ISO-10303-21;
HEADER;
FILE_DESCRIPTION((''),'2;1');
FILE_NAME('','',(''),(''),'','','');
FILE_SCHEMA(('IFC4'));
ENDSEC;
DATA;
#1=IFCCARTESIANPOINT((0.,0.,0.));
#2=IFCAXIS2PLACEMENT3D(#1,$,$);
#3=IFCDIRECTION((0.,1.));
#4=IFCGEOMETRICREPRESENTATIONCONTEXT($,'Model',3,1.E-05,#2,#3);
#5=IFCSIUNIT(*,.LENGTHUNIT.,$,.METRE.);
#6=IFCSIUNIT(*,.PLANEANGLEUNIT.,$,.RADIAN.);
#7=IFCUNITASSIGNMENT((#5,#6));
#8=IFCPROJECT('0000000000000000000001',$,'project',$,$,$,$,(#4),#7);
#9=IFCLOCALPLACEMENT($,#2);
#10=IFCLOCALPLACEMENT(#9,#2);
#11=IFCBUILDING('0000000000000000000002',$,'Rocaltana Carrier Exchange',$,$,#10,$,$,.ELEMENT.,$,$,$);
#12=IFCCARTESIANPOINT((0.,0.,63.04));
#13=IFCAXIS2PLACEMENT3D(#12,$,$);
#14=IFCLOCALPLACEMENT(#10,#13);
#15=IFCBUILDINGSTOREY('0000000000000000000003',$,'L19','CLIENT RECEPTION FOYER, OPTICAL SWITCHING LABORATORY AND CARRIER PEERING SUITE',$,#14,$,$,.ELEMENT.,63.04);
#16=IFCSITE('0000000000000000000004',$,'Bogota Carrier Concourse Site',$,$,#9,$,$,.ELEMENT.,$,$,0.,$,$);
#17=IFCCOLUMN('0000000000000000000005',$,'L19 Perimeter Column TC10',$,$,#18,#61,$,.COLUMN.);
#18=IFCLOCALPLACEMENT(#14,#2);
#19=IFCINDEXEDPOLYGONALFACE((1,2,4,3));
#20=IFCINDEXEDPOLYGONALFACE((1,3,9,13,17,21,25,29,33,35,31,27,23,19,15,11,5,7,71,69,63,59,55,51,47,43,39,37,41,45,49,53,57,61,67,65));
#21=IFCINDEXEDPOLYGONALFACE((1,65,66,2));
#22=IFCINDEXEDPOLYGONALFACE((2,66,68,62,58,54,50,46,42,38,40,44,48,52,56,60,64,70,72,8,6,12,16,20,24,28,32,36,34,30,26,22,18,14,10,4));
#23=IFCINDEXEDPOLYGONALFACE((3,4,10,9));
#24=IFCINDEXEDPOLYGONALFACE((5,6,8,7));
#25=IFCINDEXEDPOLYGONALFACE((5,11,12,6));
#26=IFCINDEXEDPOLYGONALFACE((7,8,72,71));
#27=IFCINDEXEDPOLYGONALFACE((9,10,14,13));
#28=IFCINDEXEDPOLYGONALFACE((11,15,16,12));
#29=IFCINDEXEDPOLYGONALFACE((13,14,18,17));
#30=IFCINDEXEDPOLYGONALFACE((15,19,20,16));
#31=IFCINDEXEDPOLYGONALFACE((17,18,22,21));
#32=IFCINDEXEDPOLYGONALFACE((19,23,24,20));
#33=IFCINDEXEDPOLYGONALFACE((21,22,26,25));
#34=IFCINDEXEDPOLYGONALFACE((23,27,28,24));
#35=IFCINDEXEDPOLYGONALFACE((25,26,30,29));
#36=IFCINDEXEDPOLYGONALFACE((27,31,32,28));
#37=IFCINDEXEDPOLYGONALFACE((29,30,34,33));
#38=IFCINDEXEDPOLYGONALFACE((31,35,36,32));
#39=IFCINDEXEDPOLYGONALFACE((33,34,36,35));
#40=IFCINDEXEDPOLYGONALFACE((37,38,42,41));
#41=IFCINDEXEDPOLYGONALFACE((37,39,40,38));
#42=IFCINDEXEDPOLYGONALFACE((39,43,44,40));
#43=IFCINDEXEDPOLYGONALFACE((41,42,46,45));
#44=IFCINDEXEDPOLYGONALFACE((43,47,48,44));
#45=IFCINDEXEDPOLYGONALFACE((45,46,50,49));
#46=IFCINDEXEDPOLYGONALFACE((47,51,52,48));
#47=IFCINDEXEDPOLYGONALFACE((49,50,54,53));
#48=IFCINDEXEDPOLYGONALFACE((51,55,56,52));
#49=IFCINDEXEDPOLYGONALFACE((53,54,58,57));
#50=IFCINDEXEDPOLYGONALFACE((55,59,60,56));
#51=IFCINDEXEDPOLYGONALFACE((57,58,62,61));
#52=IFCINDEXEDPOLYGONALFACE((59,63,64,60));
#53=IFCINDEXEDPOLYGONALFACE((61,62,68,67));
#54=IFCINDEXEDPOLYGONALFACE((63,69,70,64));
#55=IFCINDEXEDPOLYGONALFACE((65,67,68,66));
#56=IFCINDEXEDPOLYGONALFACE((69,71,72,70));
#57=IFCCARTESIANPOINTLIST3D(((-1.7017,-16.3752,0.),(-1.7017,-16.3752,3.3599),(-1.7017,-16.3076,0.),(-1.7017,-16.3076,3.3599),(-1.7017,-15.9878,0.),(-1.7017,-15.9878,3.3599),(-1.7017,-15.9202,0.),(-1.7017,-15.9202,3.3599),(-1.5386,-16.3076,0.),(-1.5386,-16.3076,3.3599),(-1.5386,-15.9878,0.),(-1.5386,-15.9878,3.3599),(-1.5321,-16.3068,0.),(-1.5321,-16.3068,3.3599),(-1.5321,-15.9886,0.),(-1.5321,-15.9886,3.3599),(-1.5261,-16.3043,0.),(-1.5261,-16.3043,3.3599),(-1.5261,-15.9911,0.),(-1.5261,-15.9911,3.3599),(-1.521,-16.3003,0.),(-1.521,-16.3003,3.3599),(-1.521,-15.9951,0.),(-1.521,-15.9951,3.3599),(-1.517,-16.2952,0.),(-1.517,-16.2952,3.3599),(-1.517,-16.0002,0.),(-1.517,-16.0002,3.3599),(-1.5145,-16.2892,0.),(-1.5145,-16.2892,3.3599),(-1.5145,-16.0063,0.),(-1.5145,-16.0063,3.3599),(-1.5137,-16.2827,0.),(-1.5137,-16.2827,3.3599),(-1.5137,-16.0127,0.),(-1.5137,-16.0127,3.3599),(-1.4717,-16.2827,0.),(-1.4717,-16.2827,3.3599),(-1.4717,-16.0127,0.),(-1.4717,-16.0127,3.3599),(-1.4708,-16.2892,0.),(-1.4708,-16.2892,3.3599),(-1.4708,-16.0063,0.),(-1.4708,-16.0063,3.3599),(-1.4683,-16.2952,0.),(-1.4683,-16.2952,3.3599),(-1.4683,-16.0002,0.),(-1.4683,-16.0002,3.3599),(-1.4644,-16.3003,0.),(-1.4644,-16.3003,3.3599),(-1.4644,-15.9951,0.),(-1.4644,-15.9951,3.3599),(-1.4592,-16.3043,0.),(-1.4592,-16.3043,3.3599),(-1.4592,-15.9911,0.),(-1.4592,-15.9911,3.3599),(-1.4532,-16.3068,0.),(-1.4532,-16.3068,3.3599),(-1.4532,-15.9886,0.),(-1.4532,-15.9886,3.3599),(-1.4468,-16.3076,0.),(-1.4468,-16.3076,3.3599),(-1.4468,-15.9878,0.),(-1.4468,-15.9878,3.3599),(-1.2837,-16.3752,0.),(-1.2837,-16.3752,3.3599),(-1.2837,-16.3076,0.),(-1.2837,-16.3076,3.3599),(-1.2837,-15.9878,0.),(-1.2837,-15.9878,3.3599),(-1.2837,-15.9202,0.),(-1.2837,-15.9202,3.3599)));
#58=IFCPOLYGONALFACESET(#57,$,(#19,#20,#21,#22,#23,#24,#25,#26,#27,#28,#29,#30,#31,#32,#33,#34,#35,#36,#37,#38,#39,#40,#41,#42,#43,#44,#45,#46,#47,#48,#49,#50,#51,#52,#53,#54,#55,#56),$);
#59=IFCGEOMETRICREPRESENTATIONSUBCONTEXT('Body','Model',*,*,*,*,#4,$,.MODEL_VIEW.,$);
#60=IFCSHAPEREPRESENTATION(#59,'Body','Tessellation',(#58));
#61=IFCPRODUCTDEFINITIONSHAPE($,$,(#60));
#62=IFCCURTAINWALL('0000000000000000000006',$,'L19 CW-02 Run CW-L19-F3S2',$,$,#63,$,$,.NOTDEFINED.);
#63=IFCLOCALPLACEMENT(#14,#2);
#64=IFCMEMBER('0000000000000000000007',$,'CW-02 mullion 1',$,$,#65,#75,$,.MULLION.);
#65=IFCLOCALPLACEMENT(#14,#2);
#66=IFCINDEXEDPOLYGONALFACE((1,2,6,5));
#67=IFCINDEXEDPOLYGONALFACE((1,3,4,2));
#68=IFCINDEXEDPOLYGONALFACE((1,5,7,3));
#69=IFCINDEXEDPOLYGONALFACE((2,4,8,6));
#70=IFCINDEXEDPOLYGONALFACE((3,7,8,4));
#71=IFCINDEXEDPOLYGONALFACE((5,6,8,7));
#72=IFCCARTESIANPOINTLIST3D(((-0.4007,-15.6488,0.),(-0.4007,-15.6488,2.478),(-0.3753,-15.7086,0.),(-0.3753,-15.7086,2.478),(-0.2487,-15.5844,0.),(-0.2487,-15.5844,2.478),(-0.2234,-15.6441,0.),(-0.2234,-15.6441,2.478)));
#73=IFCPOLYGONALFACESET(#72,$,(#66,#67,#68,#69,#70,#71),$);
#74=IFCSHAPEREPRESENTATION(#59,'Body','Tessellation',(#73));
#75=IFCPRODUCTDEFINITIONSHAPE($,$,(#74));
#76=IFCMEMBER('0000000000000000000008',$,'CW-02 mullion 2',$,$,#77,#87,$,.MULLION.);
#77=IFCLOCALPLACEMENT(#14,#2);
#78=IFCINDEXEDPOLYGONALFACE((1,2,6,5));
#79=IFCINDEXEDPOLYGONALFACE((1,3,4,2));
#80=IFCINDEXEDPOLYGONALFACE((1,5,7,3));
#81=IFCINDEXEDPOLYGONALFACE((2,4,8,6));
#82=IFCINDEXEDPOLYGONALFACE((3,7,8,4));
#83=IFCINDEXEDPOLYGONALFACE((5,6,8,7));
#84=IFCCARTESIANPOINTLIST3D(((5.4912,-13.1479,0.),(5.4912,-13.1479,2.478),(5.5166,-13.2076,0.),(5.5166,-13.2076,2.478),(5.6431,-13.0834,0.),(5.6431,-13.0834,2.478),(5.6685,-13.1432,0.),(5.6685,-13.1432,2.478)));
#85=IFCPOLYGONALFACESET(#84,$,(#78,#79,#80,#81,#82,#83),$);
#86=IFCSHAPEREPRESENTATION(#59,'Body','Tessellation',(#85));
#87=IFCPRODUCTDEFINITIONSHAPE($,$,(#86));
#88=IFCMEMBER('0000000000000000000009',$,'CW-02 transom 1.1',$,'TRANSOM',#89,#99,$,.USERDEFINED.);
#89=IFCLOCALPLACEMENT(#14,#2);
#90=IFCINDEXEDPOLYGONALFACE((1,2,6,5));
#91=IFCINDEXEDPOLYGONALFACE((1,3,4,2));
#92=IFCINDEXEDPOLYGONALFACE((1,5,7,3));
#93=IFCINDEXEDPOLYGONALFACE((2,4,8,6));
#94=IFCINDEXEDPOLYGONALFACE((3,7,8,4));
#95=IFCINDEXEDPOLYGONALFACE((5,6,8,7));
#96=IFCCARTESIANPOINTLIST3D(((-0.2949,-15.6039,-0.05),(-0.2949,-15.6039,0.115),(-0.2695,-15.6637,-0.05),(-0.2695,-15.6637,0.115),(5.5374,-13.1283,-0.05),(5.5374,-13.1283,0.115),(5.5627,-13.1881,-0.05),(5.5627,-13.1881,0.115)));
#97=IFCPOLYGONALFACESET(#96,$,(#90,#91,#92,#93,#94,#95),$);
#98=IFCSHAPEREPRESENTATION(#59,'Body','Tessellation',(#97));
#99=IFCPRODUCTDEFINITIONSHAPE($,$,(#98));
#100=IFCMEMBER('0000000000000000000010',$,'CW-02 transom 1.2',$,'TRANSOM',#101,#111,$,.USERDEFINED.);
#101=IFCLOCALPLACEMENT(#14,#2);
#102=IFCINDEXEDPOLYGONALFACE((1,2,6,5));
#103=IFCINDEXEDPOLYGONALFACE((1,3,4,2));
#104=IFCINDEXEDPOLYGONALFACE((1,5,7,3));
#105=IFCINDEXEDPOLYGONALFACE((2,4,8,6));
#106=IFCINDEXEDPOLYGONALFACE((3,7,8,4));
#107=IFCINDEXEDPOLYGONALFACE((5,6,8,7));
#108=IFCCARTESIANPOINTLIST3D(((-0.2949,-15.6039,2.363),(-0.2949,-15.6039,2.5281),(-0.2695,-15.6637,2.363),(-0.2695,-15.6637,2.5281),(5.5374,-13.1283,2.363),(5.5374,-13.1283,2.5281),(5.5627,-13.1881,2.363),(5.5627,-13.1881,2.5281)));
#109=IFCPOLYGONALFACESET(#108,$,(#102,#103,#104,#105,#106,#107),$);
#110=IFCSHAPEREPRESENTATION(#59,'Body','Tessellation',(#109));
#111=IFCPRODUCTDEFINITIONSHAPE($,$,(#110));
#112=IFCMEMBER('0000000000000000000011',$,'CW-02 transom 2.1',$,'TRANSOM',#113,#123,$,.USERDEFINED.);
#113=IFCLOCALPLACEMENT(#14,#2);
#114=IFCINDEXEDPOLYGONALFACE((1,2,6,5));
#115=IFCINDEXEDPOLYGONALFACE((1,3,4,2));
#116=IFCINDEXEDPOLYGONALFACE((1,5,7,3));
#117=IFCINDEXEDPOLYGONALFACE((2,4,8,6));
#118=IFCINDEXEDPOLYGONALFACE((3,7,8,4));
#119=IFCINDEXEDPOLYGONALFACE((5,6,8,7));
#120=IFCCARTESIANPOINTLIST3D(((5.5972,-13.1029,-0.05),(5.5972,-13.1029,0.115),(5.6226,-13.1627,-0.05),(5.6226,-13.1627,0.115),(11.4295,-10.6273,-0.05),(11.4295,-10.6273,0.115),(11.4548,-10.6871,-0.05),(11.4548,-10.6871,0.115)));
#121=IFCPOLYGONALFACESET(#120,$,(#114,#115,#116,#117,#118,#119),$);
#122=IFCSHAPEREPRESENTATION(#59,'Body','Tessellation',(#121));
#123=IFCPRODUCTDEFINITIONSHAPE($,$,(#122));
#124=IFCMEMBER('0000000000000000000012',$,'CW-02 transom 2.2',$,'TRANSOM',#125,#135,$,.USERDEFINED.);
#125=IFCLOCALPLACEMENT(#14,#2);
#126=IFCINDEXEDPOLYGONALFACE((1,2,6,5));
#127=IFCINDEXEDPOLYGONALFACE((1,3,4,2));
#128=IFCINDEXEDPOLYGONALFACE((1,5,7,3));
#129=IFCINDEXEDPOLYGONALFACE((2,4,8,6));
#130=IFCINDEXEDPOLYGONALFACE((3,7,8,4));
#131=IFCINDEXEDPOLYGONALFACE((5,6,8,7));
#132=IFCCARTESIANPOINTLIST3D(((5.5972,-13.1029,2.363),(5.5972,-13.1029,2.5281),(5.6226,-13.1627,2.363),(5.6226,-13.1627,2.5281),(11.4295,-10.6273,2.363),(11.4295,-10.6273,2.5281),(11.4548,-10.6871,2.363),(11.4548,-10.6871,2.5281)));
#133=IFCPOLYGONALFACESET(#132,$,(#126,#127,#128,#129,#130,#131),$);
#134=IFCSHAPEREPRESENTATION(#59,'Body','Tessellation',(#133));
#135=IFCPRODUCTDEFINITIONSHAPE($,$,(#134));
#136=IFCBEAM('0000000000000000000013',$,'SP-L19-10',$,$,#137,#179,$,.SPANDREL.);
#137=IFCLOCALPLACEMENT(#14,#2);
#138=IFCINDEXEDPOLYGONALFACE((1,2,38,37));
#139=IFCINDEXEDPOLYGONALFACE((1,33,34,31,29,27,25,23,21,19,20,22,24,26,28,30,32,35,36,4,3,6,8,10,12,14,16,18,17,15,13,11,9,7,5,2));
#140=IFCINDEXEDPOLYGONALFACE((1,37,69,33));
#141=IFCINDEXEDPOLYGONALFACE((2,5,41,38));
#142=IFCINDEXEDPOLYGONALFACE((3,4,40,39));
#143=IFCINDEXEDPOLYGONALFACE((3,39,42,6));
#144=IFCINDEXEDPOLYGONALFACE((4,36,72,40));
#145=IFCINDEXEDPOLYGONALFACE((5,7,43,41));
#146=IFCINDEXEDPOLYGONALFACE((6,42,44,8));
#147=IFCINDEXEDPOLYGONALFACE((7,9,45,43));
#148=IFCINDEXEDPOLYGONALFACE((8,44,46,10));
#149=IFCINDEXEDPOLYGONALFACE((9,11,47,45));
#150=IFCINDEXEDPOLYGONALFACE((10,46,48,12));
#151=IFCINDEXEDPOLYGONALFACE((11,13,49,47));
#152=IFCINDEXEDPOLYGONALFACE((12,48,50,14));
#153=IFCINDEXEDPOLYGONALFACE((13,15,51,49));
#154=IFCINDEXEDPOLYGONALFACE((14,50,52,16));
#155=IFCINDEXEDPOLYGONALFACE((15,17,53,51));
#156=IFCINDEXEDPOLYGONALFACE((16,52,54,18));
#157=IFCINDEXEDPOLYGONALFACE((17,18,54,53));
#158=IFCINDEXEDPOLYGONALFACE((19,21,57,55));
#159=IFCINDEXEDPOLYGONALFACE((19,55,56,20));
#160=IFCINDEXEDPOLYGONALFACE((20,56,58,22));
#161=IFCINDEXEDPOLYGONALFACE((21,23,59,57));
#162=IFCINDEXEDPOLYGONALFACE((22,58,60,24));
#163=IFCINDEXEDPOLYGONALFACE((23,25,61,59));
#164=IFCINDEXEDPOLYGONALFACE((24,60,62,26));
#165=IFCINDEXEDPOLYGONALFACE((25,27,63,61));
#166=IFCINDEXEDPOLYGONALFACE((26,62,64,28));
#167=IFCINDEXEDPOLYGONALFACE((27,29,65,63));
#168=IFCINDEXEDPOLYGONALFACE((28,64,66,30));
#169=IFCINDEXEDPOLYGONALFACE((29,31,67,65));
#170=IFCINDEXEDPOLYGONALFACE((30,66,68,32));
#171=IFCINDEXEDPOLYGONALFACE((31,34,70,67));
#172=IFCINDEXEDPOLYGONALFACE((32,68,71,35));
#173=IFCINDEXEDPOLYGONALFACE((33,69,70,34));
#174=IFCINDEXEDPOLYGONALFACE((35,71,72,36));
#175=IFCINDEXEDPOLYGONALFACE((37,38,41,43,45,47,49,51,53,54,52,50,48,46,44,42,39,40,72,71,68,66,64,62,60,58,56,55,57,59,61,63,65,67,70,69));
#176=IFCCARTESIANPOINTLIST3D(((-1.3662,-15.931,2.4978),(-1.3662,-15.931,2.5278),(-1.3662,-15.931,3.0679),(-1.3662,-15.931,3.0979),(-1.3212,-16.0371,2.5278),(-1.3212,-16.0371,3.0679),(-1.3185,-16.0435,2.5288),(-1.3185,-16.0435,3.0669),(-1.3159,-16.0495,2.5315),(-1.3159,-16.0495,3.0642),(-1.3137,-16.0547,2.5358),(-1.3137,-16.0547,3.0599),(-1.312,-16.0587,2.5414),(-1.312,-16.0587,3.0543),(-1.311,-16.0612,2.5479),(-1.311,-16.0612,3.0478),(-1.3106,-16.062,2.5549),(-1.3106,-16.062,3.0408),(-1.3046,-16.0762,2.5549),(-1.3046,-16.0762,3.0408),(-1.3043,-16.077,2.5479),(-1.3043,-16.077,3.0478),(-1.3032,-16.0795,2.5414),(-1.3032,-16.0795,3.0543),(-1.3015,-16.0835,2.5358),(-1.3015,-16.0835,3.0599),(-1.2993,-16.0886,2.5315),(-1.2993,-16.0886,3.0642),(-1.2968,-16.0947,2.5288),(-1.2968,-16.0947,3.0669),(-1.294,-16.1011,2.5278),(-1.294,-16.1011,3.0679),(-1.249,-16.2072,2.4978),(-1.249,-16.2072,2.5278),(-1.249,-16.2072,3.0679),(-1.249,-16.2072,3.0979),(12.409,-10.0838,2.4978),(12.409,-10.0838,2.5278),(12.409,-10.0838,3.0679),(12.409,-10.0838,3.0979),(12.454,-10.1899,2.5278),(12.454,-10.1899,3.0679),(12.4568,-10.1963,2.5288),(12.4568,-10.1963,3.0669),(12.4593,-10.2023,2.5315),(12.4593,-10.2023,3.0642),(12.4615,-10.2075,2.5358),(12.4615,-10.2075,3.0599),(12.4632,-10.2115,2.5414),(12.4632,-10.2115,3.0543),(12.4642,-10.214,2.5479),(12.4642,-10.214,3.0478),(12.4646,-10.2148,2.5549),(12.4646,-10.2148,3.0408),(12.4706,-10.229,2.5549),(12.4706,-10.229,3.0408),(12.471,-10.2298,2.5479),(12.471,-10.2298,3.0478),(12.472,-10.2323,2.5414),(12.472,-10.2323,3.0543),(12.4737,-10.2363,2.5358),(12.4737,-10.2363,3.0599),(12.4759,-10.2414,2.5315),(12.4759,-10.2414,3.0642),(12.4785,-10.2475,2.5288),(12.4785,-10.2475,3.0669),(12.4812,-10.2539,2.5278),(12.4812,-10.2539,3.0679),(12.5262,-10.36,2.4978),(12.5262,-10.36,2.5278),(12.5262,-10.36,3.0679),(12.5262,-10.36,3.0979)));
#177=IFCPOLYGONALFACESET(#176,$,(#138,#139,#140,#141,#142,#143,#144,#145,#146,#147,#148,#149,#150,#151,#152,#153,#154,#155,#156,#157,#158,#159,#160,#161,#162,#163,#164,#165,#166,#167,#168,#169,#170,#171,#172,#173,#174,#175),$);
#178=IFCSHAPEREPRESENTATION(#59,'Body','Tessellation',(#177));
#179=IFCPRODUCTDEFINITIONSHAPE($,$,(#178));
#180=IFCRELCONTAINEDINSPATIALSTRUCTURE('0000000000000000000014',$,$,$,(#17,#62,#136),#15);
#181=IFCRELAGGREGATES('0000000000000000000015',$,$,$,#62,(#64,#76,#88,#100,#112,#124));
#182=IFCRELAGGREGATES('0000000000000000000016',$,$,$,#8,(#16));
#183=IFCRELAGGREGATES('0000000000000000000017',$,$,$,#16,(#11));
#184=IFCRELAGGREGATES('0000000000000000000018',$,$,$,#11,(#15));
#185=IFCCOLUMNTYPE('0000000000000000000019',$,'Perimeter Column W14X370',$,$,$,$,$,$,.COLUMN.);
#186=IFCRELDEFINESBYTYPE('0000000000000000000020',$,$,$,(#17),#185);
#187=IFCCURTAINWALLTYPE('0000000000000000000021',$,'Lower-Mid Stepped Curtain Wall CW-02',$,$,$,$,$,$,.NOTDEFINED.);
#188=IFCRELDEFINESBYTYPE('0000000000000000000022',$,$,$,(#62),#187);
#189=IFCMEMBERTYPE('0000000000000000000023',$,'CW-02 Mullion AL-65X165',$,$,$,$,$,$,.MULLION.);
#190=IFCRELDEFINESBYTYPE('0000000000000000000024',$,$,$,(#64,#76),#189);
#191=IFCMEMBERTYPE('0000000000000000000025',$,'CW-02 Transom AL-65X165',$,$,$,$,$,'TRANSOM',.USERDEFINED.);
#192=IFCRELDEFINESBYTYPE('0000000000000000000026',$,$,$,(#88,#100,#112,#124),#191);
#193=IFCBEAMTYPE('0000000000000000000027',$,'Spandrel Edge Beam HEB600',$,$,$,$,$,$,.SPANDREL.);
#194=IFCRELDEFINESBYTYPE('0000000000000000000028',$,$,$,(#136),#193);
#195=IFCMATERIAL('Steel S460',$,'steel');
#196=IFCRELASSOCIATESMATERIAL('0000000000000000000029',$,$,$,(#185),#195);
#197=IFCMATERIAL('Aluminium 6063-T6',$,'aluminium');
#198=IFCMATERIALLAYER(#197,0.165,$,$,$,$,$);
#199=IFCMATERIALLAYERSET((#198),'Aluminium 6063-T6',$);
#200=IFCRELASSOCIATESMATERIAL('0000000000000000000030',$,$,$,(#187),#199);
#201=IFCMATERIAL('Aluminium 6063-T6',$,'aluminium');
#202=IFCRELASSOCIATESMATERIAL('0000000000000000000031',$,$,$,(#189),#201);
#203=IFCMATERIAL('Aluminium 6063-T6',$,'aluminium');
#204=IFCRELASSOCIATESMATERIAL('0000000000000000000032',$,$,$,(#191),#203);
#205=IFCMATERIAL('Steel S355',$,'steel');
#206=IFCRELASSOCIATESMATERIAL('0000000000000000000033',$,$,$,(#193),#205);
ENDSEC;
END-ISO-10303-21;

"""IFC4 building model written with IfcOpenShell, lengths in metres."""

from ifc_helpers import new_model, si_unit, direction, frame, origin, origin_2d, place, context, subcontext, project, spatial, rectangle, i_section, extrude, material, layer, layer_set, material_profile, profile_set, type_object, element, aggregate, save


model = new_model("IFC4")

# Units and contexts
model_context = context("Model", 3, precision=1e-05, world=origin(), true_north=direction((0.0, 1.0)))
body_context = subcontext(model_context, "Body", "Model", "MODEL_VIEW")
ifc_project = project(units=[si_unit("LENGTHUNIT", "METRE"), si_unit("PLANEANGLEUNIT", "RADIAN")], contexts=[model_context])

# Site, building, storey
site_placement = place(None, origin())
site = spatial("IfcSite", under=ifc_project, at=site_placement, Name="Bogota Carrier Concourse Site", CompositionType="ELEMENT", RefElevation=0.0)
building_placement = place(site_placement, origin())
building = spatial("IfcBuilding", under=site, at=building_placement, Name="Rocaltana Carrier Exchange", CompositionType="ELEMENT")
storey_placement = place(building_placement, frame((0.0, 0.0, 63.04)))
storey = spatial("IfcBuildingStorey", under=building, at=storey_placement, Name="L19", Description="CLIENT RECEPTION FOYER, OPTICAL SWITCHING LABORATORY AND CARRIER PEERING SUITE", CompositionType="ELEMENT", Elevation=63.04)

# Column
ifc_material_1 = material(Name="Steel S460", Category="steel")
ifc_material_profile_1 = material_profile(ifc_material_1, i_section(OverallWidth=0.418, OverallDepth=0.4551, WebThickness=0.042, FlangeThickness=0.0676, FilletRadius=0.0249, at=origin_2d()), Name="W14X370")
ifc_profile_set_1 = profile_set([ifc_material_profile_1], Name="Steel S460")
column_type = type_object("IfcColumnType", Name="Perimeter Column W14X370", PredefinedType="COLUMN", material=ifc_profile_set_1)
column_placement = place(storey_placement, frame((-1.4927, -16.1477, 0.0), z_axis=(0.0, 0.0, 1.0), x_axis=(1.0, 0.0, 0.0)))
element("IfcColumn", 1, at=column_placement, inside=storey, type_object=column_type, Name="L19 Perimeter Column TC10", PredefinedType="COLUMN", context=body_context, shape_type="SweptSolid", body=[
    extrude(i_section(OverallWidth=0.418, OverallDepth=0.4551, WebThickness=0.042, FlangeThickness=0.0676, FilletRadius=0.0249, at=origin_2d()), origin(), (0.0, 0.0, 1.0), 3.3599),
])

# Curtain wall, members
ifc_material_2 = material(Name="Aluminium 6063-T6", Category="aluminium")
ifc_layer_1 = layer(ifc_material_2, 0.165)
ifc_layer_set_1 = layer_set([ifc_layer_1], Name="Aluminium 6063-T6")
curtain_wall_type = type_object("IfcCurtainWallType", Name="Lower-Mid Stepped Curtain Wall CW-02", PredefinedType="NOTDEFINED", material=ifc_layer_set_1)
curtain_wall_placement = place(storey_placement, origin())
curtain_wall = element("IfcCurtainWall", 2, at=curtain_wall_placement, inside=storey, type_object=curtain_wall_type, Name="L19 CW-02 Run CW-L19-F3S2", PredefinedType="NOTDEFINED")
ifc_material_3 = material(Name="Aluminium 6063-T6", Category="aluminium")
ifc_material_profile_2 = material_profile(ifc_material_3, rectangle(XDim=0.0649, YDim=0.165, at=origin_2d()), Name="AL-65X165")
ifc_profile_set_2 = profile_set([ifc_material_profile_2], Name="Aluminium 6063-T6")
member_type_1 = type_object("IfcMemberType", Name="CW-02 Mullion AL-65X165", PredefinedType="MULLION", material=ifc_profile_set_2)
member_1_placement = place(storey_placement, frame((-0.312, -15.6465, 0.0), z_axis=(0.0, 0.0, 1.0), x_axis=(-0.390729, 0.920506, 0.0)))
member_1 = element("IfcMember", 3, at=member_1_placement, type_object=member_type_1, Name="CW-02 mullion 1", PredefinedType="MULLION", context=body_context, shape_type="SweptSolid", body=[
    extrude(rectangle(XDim=0.0649, YDim=0.165, at=origin_2d()), origin(), (0.0, 0.0, 1.0), 2.478),
])
member_2_placement = place(storey_placement, frame((5.5798, -13.1455, 0.0), z_axis=(0.0, 0.0, 1.0), x_axis=(-0.390729, 0.920506, 0.0)))
member_2 = element("IfcMember", 4, at=member_2_placement, type_object=member_type_1, Name="CW-02 mullion 2", PredefinedType="MULLION", context=body_context, shape_type="SweptSolid", body=[
    extrude(rectangle(XDim=0.0649, YDim=0.165, at=origin_2d()), origin(), (0.0, 0.0, 1.0), 2.478),
])
ifc_material_4 = material(Name="Aluminium 6063-T6", Category="aluminium")
ifc_material_profile_3 = material_profile(ifc_material_4, rectangle(XDim=0.0649, YDim=0.165, at=origin_2d()), Name="AL-65X165")
ifc_profile_set_3 = profile_set([ifc_material_profile_3], Name="Aluminium 6063-T6")
member_type_2 = type_object("IfcMemberType", Name="CW-02 Transom AL-65X165", ElementType="TRANSOM", PredefinedType="USERDEFINED", material=ifc_profile_set_3)
member_3_placement = place(storey_placement, frame((-0.2822, -15.6338, 0.0325), z_axis=(0.920509, 0.390722, 0.0), x_axis=(-0.390722, 0.920509, 0.0)))
member_3 = element("IfcMember", 5, at=member_3_placement, type_object=member_type_2, Name="CW-02 transom 1.1", ObjectType="TRANSOM", PredefinedType="USERDEFINED", context=body_context, shape_type="SweptSolid", body=[
    extrude(rectangle(XDim=0.0649, YDim=0.165, at=origin_2d()), origin(), (0.0, 0.0, 1.0), 6.3359),
])
member_4_placement = place(storey_placement, frame((-0.2822, -15.6338, 2.4456), z_axis=(0.920509, 0.390722, 0.0), x_axis=(-0.390722, 0.920509, 0.0)))
member_4 = element("IfcMember", 6, at=member_4_placement, type_object=member_type_2, Name="CW-02 transom 1.2", ObjectType="TRANSOM", PredefinedType="USERDEFINED", context=body_context, shape_type="SweptSolid", body=[
    extrude(rectangle(XDim=0.0649, YDim=0.165, at=origin_2d()), origin(), (0.0, 0.0, 1.0), 6.3359),
])
member_5_placement = place(storey_placement, frame((5.6099, -13.1328, 0.0325), z_axis=(0.920509, 0.390722, 0.0), x_axis=(-0.390722, 0.920509, 0.0)))
member_5 = element("IfcMember", 7, at=member_5_placement, type_object=member_type_2, Name="CW-02 transom 2.1", ObjectType="TRANSOM", PredefinedType="USERDEFINED", context=body_context, shape_type="SweptSolid", body=[
    extrude(rectangle(XDim=0.0649, YDim=0.165, at=origin_2d()), origin(), (0.0, 0.0, 1.0), 6.3359),
])
member_6_placement = place(storey_placement, frame((5.6099, -13.1328, 2.4456), z_axis=(0.920509, 0.390722, 0.0), x_axis=(-0.390722, 0.920509, 0.0)))
member_6 = element("IfcMember", 8, at=member_6_placement, type_object=member_type_2, Name="CW-02 transom 2.2", ObjectType="TRANSOM", PredefinedType="USERDEFINED", context=body_context, shape_type="SweptSolid", body=[
    extrude(rectangle(XDim=0.0649, YDim=0.165, at=origin_2d()), origin(), (0.0, 0.0, 1.0), 6.3359),
])

# Beam
ifc_material_5 = material(Name="Steel S355", Category="steel")
ifc_material_profile_4 = material_profile(ifc_material_5, i_section(OverallWidth=0.3, OverallDepth=0.6001, WebThickness=0.0154, FlangeThickness=0.03, FilletRadius=0.0271, at=origin_2d()), Name="HEB600")
ifc_profile_set_4 = profile_set([ifc_material_profile_4], Name="Steel S355")
beam_type = type_object("IfcBeamType", Name="Spandrel Edge Beam HEB600", PredefinedType="SPANDREL", material=ifc_profile_set_4)
beam_placement = place(storey_placement, frame((-1.3076, -16.0691, 2.7979), z_axis=(0.920506, 0.390729, 0.0), x_axis=(-0.390729, 0.920506, 0.0)))
element("IfcBeam", 9, at=beam_placement, inside=storey, type_object=beam_type, Name="SP-L19-10", PredefinedType="SPANDREL", context=body_context, shape_type="SweptSolid", body=[
    extrude(i_section(OverallWidth=0.3, OverallDepth=0.6001, WebThickness=0.0154, FlangeThickness=0.03, FilletRadius=0.0271, at=origin_2d()), origin(), (0.0, 0.0, 1.0), 14.9648),
])

aggregate(curtain_wall, [member_1, member_2, member_3, member_4, member_5, member_6])

save(model, "model.ifc")
